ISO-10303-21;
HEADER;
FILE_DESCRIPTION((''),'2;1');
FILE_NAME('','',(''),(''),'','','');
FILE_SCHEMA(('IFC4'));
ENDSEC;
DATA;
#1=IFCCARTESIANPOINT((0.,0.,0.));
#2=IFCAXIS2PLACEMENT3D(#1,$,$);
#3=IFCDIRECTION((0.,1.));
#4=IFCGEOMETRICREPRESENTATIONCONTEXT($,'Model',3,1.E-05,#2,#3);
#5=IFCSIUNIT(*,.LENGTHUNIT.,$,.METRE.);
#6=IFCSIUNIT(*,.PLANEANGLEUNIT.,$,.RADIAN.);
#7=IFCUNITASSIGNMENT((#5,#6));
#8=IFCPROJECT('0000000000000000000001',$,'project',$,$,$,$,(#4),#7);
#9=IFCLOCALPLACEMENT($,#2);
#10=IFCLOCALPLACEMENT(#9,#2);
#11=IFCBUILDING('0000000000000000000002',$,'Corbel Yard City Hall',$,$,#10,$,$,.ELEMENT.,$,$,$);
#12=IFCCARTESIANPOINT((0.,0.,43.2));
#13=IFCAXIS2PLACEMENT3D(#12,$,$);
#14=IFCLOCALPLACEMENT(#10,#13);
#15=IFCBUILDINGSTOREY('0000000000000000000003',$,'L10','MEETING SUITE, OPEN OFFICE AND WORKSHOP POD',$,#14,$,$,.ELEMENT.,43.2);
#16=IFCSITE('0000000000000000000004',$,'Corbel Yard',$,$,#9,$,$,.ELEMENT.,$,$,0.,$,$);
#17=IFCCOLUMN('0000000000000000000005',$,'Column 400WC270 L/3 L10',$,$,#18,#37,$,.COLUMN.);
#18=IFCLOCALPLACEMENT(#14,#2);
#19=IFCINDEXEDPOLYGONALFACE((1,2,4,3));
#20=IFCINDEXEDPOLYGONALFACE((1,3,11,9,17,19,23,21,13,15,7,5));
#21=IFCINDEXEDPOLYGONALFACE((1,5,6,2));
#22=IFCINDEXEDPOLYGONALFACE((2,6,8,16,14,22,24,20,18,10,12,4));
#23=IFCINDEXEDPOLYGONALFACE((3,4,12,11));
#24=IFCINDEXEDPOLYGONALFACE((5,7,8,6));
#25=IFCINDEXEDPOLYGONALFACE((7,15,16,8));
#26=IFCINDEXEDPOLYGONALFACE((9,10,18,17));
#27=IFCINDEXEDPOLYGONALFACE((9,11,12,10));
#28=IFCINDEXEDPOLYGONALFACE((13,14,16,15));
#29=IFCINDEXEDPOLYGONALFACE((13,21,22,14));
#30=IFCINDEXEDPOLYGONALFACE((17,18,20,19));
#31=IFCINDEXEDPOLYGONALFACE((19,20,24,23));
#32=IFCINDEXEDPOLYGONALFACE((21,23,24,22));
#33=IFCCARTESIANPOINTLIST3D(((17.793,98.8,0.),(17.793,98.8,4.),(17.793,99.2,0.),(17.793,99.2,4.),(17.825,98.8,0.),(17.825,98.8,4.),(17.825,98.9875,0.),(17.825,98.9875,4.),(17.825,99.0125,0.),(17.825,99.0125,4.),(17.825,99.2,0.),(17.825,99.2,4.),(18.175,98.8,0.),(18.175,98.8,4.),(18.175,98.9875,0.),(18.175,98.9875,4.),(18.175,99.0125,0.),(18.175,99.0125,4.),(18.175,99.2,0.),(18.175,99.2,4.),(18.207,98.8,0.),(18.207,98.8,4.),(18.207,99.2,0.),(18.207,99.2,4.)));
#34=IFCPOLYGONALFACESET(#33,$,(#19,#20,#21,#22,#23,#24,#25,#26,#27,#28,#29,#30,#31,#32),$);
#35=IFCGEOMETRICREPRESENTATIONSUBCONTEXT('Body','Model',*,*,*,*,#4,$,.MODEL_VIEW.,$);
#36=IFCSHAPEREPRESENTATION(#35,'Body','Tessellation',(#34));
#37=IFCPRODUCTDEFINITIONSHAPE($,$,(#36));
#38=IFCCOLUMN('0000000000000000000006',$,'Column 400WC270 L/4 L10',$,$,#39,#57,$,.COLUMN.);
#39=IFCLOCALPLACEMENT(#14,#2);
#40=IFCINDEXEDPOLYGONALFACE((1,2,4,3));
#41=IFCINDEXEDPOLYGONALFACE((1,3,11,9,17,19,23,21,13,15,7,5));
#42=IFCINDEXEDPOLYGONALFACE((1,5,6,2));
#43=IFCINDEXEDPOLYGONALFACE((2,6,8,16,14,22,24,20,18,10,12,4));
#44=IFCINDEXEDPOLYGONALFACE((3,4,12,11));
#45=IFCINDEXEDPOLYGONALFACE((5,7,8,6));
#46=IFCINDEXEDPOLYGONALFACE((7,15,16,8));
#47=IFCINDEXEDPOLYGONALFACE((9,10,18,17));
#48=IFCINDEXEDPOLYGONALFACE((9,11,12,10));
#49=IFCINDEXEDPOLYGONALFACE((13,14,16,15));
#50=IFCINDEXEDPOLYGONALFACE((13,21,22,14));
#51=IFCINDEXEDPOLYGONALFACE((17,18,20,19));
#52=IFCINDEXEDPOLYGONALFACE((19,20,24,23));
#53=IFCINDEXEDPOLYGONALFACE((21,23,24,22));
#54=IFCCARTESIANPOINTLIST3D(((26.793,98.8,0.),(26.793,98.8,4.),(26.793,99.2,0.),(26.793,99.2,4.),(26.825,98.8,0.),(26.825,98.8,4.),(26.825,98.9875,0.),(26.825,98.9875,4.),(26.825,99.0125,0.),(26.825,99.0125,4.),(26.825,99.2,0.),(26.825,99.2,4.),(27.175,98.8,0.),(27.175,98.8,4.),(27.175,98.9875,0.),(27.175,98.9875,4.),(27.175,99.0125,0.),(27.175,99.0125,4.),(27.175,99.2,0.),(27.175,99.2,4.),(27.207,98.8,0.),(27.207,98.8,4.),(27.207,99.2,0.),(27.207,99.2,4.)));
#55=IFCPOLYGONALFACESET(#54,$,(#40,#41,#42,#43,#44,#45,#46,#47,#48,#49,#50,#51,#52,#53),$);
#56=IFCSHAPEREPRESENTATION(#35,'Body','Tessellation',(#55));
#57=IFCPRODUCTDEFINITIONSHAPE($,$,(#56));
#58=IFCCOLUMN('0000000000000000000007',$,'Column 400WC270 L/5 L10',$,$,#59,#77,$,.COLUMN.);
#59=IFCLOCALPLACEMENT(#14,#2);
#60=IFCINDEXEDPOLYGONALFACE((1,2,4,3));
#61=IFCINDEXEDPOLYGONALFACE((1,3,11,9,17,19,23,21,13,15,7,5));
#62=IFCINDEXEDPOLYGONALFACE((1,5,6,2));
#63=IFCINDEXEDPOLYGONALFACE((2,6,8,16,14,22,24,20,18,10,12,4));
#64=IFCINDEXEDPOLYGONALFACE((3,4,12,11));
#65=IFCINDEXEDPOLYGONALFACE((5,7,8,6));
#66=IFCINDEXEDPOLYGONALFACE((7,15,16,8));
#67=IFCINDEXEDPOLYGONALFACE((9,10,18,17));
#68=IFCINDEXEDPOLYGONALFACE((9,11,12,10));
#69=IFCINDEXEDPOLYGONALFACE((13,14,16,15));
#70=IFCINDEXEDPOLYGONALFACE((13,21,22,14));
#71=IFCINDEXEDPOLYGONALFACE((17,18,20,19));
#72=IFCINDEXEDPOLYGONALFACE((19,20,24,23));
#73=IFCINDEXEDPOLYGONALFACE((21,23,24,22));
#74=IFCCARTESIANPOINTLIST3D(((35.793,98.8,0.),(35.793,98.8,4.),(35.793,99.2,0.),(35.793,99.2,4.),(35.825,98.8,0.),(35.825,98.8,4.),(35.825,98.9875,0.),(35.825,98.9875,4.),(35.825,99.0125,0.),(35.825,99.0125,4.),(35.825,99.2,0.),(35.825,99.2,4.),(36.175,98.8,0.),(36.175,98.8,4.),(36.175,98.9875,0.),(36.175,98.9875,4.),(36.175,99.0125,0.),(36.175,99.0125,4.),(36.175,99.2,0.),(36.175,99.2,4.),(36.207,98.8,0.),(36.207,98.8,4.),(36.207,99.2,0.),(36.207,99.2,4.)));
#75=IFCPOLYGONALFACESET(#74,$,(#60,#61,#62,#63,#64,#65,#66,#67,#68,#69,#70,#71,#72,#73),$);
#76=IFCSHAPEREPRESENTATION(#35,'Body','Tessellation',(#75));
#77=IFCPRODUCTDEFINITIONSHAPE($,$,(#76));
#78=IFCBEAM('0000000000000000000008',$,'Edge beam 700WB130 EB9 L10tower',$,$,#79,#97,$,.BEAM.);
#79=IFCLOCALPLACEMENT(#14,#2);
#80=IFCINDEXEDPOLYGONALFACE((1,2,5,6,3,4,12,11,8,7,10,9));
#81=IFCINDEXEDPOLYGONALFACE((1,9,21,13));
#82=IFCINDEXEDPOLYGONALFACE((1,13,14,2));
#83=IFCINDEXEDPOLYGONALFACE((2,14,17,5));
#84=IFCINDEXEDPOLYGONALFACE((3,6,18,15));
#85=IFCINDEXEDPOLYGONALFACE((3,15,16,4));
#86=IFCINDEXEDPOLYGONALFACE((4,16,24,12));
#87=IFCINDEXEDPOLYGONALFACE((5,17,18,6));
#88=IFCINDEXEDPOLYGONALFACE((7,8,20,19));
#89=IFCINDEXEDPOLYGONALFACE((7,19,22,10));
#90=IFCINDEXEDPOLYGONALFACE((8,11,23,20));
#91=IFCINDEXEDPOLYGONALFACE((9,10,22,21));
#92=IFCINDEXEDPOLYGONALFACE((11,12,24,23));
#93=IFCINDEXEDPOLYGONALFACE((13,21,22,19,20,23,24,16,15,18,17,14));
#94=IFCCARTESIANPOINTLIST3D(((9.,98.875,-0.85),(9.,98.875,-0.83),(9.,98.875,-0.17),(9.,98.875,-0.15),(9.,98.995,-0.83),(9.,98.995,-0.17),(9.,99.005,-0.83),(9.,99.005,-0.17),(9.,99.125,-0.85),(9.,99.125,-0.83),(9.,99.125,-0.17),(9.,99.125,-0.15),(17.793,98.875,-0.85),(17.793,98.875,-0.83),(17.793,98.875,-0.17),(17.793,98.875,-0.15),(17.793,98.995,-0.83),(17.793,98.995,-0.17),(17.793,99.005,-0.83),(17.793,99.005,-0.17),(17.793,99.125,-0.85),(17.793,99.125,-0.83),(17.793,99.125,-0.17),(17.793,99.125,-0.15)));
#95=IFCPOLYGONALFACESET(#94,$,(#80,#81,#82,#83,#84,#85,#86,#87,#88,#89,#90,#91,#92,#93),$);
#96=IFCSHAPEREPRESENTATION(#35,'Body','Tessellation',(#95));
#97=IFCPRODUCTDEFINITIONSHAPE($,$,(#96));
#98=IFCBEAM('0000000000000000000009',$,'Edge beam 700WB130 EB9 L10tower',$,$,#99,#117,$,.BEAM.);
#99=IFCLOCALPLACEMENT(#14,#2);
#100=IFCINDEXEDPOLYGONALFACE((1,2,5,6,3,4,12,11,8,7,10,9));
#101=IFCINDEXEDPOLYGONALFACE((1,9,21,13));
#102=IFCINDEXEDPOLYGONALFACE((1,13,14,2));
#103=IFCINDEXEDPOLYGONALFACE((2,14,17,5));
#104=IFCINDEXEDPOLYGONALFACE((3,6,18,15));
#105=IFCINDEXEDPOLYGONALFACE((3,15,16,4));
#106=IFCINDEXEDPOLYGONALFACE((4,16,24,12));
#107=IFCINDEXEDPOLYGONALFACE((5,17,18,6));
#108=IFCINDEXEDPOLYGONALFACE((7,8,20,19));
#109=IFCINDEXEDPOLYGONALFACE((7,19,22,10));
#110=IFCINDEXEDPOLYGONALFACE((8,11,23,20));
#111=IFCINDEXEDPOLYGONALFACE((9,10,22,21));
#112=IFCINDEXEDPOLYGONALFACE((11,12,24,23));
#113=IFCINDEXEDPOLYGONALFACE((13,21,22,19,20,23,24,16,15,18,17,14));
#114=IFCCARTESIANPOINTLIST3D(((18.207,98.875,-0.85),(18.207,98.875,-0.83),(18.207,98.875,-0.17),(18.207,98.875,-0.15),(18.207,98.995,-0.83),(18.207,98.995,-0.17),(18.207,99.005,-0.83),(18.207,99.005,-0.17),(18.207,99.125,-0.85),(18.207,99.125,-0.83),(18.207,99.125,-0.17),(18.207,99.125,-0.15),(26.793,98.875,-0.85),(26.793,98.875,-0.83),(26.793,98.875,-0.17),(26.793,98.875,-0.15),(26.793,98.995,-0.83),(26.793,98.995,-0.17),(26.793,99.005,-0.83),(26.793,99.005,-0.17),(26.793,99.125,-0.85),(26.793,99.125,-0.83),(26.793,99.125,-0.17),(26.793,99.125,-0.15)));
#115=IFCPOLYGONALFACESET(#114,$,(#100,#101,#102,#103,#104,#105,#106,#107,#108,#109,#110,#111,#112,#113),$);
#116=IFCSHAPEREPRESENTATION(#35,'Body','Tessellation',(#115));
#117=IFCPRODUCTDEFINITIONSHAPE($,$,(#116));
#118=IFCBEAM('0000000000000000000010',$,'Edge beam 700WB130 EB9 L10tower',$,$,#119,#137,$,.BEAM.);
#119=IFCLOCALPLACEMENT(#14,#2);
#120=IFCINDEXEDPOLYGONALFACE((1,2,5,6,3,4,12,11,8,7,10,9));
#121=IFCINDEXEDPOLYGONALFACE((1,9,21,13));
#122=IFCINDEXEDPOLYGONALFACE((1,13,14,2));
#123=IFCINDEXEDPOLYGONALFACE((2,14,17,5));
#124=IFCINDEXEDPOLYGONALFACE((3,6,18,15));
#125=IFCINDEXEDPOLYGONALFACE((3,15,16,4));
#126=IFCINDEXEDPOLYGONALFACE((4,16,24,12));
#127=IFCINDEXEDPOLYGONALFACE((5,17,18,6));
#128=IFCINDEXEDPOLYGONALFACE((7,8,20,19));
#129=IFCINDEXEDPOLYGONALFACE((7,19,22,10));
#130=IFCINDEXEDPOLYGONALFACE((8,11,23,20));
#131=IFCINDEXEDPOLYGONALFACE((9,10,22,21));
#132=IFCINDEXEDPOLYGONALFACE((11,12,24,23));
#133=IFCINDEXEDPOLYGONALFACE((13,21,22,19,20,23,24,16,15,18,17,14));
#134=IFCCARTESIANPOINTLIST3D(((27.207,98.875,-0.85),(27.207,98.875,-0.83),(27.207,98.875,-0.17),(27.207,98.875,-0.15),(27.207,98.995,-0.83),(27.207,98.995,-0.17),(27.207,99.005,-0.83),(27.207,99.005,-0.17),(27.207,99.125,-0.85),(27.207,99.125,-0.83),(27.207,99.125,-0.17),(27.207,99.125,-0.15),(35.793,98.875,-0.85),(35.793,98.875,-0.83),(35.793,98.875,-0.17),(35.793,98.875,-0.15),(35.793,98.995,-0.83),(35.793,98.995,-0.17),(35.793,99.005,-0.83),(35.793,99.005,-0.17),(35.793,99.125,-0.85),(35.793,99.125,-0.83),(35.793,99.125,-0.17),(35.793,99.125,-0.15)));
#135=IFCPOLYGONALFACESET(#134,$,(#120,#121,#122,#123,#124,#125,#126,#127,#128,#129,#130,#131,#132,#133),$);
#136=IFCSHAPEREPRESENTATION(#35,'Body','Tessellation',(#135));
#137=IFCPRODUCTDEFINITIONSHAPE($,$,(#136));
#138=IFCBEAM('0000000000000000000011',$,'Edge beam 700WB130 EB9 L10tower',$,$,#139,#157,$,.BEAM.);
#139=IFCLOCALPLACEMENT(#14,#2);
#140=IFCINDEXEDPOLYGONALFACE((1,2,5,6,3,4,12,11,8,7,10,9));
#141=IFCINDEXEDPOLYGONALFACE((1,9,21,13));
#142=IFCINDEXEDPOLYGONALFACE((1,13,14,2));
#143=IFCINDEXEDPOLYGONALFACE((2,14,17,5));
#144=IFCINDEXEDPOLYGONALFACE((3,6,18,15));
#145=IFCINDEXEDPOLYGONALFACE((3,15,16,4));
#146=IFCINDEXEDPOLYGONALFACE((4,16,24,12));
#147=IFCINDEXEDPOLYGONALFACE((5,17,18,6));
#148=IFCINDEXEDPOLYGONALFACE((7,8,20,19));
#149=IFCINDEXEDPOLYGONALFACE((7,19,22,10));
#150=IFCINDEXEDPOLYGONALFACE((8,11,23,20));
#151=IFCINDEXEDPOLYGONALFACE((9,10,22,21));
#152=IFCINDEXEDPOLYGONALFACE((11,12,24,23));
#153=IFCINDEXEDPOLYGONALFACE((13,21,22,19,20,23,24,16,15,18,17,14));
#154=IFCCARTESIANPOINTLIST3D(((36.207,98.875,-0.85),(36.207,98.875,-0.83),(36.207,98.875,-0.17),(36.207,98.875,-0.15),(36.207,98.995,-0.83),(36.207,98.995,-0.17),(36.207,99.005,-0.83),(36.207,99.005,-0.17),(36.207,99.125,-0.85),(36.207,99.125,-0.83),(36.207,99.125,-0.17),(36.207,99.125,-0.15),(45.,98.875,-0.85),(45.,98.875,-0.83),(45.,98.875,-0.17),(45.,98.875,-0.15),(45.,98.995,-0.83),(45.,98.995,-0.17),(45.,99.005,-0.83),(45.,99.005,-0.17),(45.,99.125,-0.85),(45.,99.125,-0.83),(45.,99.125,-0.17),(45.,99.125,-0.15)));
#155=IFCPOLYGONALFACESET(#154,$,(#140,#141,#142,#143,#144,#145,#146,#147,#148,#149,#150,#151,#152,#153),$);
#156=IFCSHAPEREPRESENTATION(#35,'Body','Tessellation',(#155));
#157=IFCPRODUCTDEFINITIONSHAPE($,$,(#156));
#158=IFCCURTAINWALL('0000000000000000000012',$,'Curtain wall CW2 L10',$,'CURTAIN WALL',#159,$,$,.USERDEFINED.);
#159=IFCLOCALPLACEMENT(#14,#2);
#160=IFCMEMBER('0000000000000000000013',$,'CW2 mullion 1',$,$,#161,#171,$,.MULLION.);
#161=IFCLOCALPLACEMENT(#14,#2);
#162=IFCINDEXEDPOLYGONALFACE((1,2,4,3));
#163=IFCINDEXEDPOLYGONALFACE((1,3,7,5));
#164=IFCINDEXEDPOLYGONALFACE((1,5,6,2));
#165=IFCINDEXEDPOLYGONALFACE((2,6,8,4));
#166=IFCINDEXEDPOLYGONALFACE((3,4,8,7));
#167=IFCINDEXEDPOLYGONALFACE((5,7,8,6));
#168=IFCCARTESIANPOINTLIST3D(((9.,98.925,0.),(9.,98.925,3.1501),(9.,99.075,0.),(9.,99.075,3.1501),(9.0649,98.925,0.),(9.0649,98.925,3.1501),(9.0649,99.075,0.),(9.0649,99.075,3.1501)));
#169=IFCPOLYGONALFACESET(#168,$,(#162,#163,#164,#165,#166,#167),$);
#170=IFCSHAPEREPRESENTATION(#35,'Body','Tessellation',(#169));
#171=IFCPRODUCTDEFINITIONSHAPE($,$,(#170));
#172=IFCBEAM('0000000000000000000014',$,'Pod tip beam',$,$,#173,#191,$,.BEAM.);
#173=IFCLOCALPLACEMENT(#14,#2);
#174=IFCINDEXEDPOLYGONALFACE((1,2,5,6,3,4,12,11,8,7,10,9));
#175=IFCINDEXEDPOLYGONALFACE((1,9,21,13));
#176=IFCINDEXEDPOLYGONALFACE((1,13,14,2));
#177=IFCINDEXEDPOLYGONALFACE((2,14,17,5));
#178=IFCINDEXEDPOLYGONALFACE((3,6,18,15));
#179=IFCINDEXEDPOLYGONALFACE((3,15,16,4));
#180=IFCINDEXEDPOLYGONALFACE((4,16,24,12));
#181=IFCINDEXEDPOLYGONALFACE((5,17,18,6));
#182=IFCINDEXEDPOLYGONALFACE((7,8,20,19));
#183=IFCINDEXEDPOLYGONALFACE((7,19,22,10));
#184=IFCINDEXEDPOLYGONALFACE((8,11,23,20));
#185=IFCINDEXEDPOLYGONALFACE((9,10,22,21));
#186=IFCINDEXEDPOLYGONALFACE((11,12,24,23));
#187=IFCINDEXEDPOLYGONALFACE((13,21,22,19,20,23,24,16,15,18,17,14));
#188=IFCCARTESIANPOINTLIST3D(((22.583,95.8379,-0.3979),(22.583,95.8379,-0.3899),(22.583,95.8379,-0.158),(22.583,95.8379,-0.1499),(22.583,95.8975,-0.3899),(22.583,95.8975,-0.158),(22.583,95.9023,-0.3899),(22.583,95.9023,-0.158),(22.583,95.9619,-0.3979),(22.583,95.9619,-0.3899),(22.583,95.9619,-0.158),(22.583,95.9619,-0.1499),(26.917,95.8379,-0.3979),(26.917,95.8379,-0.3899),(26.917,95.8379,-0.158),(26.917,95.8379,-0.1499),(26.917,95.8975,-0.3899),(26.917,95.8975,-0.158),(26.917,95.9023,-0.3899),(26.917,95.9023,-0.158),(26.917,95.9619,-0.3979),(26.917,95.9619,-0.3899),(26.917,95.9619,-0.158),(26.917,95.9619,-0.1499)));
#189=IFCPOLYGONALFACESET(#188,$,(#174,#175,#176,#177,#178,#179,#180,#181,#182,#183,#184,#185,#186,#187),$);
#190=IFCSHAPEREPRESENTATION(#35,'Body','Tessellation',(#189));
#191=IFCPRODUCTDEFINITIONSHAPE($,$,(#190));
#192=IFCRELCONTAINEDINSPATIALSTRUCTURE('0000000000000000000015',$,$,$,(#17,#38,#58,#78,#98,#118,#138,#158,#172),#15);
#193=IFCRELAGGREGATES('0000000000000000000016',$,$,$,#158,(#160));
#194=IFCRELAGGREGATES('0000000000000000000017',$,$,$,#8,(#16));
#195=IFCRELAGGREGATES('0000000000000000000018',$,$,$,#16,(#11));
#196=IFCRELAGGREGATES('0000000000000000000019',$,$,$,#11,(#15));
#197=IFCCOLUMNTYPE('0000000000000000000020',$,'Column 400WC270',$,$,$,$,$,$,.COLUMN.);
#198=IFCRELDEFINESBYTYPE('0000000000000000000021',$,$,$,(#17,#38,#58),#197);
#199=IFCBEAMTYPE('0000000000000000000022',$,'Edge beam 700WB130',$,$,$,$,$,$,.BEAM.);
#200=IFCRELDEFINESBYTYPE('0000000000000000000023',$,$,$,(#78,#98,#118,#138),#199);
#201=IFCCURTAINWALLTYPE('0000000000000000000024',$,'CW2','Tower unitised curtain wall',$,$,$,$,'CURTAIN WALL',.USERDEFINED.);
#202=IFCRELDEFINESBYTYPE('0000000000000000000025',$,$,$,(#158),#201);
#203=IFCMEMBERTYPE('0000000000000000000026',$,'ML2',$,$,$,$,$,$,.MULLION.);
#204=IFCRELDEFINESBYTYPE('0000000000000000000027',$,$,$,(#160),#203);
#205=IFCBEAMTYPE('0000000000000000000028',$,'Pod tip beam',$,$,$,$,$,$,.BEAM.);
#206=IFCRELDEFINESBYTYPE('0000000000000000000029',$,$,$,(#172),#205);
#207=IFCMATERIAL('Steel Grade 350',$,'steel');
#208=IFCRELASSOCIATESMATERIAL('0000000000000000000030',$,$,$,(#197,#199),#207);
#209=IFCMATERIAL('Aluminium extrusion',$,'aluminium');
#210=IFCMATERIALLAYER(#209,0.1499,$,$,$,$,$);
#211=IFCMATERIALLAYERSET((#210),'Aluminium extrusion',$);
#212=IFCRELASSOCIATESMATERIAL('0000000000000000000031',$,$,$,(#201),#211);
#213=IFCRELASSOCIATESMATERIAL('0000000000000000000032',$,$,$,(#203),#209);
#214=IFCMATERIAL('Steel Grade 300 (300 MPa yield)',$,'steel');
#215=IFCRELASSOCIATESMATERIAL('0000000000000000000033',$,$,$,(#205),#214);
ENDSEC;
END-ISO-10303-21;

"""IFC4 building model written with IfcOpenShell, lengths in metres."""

from ifc_helpers import new_model, si_unit, direction, frame, origin, origin_2d, place, context, subcontext, project, spatial, rectangle, i_section, extrude, material, layer, layer_set, material_profile, profile_set, type_object, element, aggregate, save


model = new_model("IFC4")

# Units and contexts
model_context = context("Model", 3, precision=1e-05, world=origin(), true_north=direction((0.0, 1.0)))
body_context = subcontext(model_context, "Body", "Model", "MODEL_VIEW")
ifc_project = project(units=[si_unit("LENGTHUNIT", "METRE"), si_unit("PLANEANGLEUNIT", "RADIAN")], contexts=[model_context])

# Site, building, storey
site_placement = place(None, origin())
site = spatial("IfcSite", under=ifc_project, at=site_placement, Name="Corbel Yard", CompositionType="ELEMENT", RefElevation=0.0)
building_placement = place(site_placement, origin())
building = spatial("IfcBuilding", under=site, at=building_placement, Name="Corbel Yard City Hall", CompositionType="ELEMENT")
storey_placement = place(building_placement, frame((0.0, 0.0, 43.2)))
storey = spatial("IfcBuildingStorey", under=building, at=storey_placement, Name="L10", Description="MEETING SUITE, OPEN OFFICE AND WORKSHOP POD", CompositionType="ELEMENT", Elevation=43.2)

# Columns
ifc_material_1 = material(Name="Steel Grade 350", Category="steel")
ifc_material_profile_1 = material_profile(ifc_material_1, i_section(OverallWidth=0.3999, OverallDepth=0.4141, WebThickness=0.0249, FlangeThickness=0.032, at=origin_2d()), Name="400WC270")
ifc_profile_set_1 = profile_set([ifc_material_profile_1], Name="Steel Grade 350")
column_type = type_object("IfcColumnType", Name="Column 400WC270", PredefinedType="COLUMN", material=ifc_profile_set_1)
for number, where, z_axis, x_axis, name in (
    (1, (18.0, 99.0, 0.0), (0.0, 0.0, 1.0), (0.0, 1.0, 0.0), "Column 400WC270 L/3 L10"),
    (2, (27.0, 99.0, 0.0), (0.0, 0.0, 1.0), (0.0, 1.0, 0.0), "Column 400WC270 L/4 L10"),
    (3, (36.0, 99.0, 0.0), (0.0, 0.0, 1.0), (0.0, 1.0, 0.0), "Column 400WC270 L/5 L10"),
):
    element("IfcColumn", number, at=place(storey_placement, frame(where, z_axis=z_axis, x_axis=x_axis)), inside=storey, type_object=column_type, Name=name, PredefinedType="COLUMN", context=body_context, shape_type="SweptSolid", body=[
        extrude(i_section(OverallWidth=0.3999, OverallDepth=0.4141, WebThickness=0.0249, FlangeThickness=0.032, at=origin_2d()), origin(), (0.0, 0.0, 1.0), 4.0),
    ])

# Beams
ifc_material_profile_2 = material_profile(ifc_material_1, i_section(OverallWidth=0.25, OverallDepth=0.7, WebThickness=0.01, FlangeThickness=0.02, at=origin_2d()), Name="700WB130")
ifc_profile_set_2 = profile_set([ifc_material_profile_2], Name="Steel Grade 350")
beam_type_1 = type_object("IfcBeamType", Name="Edge beam 700WB130", PredefinedType="BEAM", material=ifc_profile_set_2)
beam_1_placement = place(storey_placement, frame((9.0, 99.0, -0.5), z_axis=(1.0, 0.0, 0.0), x_axis=(0.0, 1.0, 0.0)))
element("IfcBeam", 4, at=beam_1_placement, inside=storey, type_object=beam_type_1, Name="Edge beam 700WB130 EB9 L10tower", PredefinedType="BEAM", context=body_context, shape_type="SweptSolid", body=[
    extrude(i_section(OverallWidth=0.25, OverallDepth=0.7, WebThickness=0.01, FlangeThickness=0.02, at=origin_2d()), origin(), (0.0, 0.0, 1.0), 8.793),
])
for number, where, z_axis, x_axis, name in (
    (5, (18.207, 99.0, -0.5), (1.0, 0.0, 0.0), (0.0, 1.0, 0.0), "Edge beam 700WB130 EB9 L10tower"),
    (6, (27.207, 99.0, -0.5), (1.0, 0.0, 0.0), (0.0, 1.0, 0.0), "Edge beam 700WB130 EB9 L10tower"),
):
    element("IfcBeam", number, at=place(storey_placement, frame(where, z_axis=z_axis, x_axis=x_axis)), inside=storey, type_object=beam_type_1, Name=name, PredefinedType="BEAM", context=body_context, shape_type="SweptSolid", body=[
        extrude(i_section(OverallWidth=0.25, OverallDepth=0.7, WebThickness=0.01, FlangeThickness=0.02, at=origin_2d()), origin(), (0.0, 0.0, 1.0), 8.5859),
    ])
beam_2_placement = place(storey_placement, frame((36.207, 99.0, -0.5), z_axis=(1.0, 0.0, 0.0), x_axis=(0.0, 1.0, 0.0)))
element("IfcBeam", 7, at=beam_2_placement, inside=storey, type_object=beam_type_1, Name="Edge beam 700WB130 EB9 L10tower", PredefinedType="BEAM", context=body_context, shape_type="SweptSolid", body=[
    extrude(i_section(OverallWidth=0.25, OverallDepth=0.7, WebThickness=0.01, FlangeThickness=0.02, at=origin_2d()), origin(), (0.0, 0.0, 1.0), 8.793),
])

# Curtain wall, member
ifc_material_2 = material(Name="Aluminium extrusion", Category="aluminium")
ifc_layer_1 = layer(ifc_material_2, 0.1499)
ifc_layer_set_1 = layer_set([ifc_layer_1], Name="Aluminium extrusion")
curtain_wall_type = type_object("IfcCurtainWallType", Name="CW2", Description="Tower unitised curtain wall", ElementType="CURTAIN WALL", PredefinedType="USERDEFINED", material=ifc_layer_set_1)
curtain_wall_placement = place(storey_placement, origin())
curtain_wall = element("IfcCurtainWall", 8, at=curtain_wall_placement, inside=storey, type_object=curtain_wall_type, Name="Curtain wall CW2 L10", ObjectType="CURTAIN WALL", PredefinedType="USERDEFINED")
ifc_material_profile_3 = material_profile(ifc_material_2, rectangle(XDim=0.1499, YDim=0.0649, at=origin_2d()), Name="150x65")
ifc_profile_set_3 = profile_set([ifc_material_profile_3], Name="Aluminium extrusion")
member_type = type_object("IfcMemberType", Name="ML2", PredefinedType="MULLION", material=ifc_profile_set_3)
member_placement = place(storey_placement, frame((9.0325, 99.0, 0.0), z_axis=(0.0, 0.0, 1.0), x_axis=(0.0, 1.0, 0.0)))
member = element("IfcMember", 9, at=member_placement, type_object=member_type, Name="CW2 mullion 1", PredefinedType="MULLION", context=body_context, shape_type="SweptSolid", body=[
    extrude(rectangle(XDim=0.1499, YDim=0.0649, at=origin_2d()), origin(), (0.0, 0.0, 1.0), 3.1501),
])
aggregate(curtain_wall, [member])

# Beam
ifc_material_3 = material(Name="Steel Grade 300 (300 MPa yield)", Category="steel")
ifc_material_profile_4 = material_profile(ifc_material_3, i_section(OverallWidth=0.124, OverallDepth=0.248, WebThickness=0.0049, FlangeThickness=0.0081, at=origin_2d()), Name="250UB25.7")
ifc_profile_set_4 = profile_set([ifc_material_profile_4], Name="Steel Grade 300 (300 MPa yield)")
beam_type_2 = type_object("IfcBeamType", Name="Pod tip beam", PredefinedType="BEAM", material=ifc_profile_set_4)
for number, where, z_axis, x_axis, name in (
    (10, (22.583, 95.8999, -0.2739), (1.0, 0.0, 0.0), (0.0, 1.0, 0.0), "Pod tip beam"),
):
    element("IfcBeam", number, at=place(storey_placement, frame(where, z_axis=z_axis, x_axis=x_axis)), inside=storey, type_object=beam_type_2, Name=name, PredefinedType="BEAM", context=body_context, shape_type="SweptSolid", body=[
        extrude(i_section(OverallWidth=0.124, OverallDepth=0.248, WebThickness=0.0049, FlangeThickness=0.0081, at=origin_2d()), origin(), (0.0, 0.0, 1.0), 4.334),
    ])

save(model, "model.ifc")
